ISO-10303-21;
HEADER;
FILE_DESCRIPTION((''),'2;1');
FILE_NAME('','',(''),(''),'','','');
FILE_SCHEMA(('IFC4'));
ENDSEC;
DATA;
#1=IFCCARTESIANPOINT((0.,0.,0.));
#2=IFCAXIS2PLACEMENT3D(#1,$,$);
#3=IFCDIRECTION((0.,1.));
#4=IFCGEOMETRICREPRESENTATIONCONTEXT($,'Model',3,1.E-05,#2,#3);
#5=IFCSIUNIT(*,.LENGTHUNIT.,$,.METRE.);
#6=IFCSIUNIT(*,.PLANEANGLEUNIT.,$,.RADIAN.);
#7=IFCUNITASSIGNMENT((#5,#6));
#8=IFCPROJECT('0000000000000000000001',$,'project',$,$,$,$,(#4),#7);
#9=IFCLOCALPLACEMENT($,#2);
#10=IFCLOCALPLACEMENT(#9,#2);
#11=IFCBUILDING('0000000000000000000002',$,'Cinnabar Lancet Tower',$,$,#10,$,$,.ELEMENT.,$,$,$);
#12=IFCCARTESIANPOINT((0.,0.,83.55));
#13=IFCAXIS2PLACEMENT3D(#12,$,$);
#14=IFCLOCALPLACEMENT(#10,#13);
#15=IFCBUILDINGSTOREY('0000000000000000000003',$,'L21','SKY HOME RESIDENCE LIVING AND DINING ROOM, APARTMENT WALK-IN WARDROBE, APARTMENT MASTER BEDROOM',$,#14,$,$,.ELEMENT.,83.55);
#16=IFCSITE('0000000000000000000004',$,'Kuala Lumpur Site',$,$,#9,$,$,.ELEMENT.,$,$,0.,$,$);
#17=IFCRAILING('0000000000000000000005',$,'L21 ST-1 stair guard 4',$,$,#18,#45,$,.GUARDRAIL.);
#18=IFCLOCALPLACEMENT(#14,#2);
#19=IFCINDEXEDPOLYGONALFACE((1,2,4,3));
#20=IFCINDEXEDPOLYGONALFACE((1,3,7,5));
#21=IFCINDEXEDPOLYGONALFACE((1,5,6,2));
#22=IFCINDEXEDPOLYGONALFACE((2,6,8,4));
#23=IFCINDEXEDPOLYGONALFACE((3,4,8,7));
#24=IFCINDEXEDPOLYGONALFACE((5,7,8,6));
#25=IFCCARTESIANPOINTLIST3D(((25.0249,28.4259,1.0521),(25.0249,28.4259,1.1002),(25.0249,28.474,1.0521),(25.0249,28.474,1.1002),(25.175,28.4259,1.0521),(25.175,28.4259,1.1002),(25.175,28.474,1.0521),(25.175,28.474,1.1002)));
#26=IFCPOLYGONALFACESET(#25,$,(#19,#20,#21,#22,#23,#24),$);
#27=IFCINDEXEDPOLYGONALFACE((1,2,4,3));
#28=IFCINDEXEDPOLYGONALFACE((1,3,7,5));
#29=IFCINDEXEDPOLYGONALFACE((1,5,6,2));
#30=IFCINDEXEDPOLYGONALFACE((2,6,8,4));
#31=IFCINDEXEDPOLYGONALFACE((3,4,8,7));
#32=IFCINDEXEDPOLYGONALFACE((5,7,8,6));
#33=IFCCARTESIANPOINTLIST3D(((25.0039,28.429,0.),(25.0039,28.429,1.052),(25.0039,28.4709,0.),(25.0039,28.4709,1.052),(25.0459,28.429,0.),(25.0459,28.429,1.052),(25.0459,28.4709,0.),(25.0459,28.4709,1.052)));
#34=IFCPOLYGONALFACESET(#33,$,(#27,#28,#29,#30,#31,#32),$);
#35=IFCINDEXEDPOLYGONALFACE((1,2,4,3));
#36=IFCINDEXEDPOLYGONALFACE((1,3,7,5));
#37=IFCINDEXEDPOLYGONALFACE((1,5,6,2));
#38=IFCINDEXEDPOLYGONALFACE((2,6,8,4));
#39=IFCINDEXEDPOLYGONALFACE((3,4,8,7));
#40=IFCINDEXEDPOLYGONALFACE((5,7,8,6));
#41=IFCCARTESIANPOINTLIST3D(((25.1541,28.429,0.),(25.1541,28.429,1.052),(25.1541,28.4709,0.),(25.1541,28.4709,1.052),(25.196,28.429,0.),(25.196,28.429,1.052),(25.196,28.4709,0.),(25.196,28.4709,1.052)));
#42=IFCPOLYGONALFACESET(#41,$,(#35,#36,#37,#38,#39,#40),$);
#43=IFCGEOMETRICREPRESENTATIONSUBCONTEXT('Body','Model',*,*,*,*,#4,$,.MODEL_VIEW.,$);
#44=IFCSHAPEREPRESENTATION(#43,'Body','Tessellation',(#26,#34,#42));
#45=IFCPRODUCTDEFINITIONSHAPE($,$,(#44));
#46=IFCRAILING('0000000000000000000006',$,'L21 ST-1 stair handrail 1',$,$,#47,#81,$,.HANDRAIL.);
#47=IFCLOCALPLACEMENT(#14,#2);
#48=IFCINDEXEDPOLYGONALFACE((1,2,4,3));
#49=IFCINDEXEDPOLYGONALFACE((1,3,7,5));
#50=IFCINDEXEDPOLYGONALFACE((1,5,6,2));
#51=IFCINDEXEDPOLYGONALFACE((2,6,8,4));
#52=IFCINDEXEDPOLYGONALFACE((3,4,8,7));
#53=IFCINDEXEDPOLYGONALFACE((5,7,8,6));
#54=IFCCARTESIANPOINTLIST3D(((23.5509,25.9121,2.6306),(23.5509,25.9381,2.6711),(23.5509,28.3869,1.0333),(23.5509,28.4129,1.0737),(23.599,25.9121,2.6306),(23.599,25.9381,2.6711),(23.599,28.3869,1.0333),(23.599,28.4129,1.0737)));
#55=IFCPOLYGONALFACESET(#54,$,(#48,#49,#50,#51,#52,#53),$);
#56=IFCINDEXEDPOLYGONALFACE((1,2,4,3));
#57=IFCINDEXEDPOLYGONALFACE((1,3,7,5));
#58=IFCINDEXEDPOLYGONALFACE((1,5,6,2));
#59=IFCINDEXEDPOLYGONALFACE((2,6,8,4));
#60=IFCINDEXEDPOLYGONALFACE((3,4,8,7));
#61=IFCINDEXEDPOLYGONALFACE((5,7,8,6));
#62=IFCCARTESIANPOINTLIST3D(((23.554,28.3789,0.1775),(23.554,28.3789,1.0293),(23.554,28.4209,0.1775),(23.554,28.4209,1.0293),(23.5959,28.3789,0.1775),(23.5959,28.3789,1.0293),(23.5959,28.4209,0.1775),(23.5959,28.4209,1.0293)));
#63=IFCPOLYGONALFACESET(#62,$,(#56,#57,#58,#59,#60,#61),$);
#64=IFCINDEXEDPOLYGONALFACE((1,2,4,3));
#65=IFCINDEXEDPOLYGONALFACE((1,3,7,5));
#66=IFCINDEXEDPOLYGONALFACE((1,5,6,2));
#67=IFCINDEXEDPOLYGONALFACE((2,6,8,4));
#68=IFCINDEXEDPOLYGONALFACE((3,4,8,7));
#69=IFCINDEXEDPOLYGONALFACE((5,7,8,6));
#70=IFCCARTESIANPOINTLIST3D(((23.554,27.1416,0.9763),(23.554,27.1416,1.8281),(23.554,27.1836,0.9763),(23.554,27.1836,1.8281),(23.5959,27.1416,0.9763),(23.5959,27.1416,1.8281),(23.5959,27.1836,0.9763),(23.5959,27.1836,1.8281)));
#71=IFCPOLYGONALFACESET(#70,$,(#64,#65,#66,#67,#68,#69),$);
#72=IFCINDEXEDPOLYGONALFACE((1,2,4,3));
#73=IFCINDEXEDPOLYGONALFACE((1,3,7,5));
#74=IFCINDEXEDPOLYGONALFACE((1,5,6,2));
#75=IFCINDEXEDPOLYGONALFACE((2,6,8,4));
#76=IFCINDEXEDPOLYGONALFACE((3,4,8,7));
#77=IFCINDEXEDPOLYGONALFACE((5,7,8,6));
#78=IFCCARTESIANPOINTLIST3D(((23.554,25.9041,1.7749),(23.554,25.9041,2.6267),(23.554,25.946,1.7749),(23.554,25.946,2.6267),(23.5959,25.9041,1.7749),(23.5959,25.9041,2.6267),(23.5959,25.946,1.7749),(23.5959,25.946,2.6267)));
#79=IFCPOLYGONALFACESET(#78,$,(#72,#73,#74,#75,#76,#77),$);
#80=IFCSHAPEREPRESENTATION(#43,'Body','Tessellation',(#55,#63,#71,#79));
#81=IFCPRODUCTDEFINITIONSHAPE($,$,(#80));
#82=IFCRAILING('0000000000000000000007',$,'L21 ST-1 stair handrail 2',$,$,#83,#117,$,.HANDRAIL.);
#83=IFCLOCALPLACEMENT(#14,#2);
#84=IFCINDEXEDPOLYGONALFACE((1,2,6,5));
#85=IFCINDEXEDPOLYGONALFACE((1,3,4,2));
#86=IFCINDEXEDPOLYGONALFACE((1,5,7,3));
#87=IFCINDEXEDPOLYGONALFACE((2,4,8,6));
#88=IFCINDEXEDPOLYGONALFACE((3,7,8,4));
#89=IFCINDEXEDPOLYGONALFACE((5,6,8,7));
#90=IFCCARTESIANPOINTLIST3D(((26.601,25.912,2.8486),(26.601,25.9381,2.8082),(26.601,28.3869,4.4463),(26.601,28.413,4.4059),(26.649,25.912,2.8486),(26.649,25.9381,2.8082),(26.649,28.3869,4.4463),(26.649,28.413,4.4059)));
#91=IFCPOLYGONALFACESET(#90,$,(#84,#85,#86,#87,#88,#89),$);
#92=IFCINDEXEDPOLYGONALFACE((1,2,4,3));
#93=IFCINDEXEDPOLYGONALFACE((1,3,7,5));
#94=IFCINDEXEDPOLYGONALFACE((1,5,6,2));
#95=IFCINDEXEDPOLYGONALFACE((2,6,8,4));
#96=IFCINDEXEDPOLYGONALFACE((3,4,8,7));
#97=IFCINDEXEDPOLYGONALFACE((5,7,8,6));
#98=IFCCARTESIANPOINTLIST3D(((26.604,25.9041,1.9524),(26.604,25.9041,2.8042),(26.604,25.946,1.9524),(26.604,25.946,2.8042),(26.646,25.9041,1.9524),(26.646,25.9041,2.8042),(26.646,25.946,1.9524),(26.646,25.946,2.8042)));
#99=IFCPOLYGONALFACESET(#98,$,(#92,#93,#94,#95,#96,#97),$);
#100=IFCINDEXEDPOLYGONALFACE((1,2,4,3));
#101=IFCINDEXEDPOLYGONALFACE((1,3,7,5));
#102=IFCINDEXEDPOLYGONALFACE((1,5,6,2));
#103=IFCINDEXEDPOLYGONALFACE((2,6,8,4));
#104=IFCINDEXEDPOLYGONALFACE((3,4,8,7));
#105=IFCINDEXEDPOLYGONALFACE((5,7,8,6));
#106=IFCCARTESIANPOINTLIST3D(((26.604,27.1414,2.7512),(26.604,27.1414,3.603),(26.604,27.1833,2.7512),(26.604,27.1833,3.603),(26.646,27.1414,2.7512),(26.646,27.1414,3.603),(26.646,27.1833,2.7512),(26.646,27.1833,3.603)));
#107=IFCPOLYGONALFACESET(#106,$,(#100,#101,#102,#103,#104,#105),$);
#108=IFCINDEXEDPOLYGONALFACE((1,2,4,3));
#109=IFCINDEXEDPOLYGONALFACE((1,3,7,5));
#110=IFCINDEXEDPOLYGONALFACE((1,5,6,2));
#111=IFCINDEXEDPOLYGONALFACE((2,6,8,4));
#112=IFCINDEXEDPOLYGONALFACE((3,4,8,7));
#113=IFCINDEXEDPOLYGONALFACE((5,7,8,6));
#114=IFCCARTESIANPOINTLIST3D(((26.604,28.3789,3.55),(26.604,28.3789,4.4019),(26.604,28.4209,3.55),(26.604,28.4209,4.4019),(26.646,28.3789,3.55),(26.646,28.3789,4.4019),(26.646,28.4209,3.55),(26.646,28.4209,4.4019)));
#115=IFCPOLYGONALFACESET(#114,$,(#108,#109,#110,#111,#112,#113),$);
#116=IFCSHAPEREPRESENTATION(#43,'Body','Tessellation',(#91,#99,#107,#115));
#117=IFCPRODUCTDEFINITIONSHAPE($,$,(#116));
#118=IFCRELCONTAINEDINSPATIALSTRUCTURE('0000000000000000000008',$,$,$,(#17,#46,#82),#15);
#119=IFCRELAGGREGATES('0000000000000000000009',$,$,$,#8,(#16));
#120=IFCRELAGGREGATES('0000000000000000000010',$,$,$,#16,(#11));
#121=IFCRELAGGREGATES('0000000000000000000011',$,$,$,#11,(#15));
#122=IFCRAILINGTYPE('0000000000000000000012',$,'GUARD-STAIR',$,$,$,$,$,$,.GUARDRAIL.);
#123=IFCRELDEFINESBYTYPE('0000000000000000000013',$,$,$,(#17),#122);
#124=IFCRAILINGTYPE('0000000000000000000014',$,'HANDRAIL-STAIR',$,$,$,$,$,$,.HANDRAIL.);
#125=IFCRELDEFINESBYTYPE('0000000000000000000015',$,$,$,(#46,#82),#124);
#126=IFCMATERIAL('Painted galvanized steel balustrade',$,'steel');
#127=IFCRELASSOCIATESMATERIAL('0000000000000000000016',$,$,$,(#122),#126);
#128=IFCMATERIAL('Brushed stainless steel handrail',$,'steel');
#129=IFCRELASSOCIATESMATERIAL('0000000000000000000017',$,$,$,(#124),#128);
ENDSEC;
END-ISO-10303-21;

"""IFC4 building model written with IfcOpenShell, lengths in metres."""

from ifc_helpers import new_model, si_unit, direction, frame, origin, origin_2d, place, context, subcontext, project, spatial, rectangle, extrude, material, type_object, element, save


model = new_model("IFC4")

# Units and contexts
model_context = context("Model", 3, precision=1e-05, world=origin(), true_north=direction((0.0, 1.0)))
body_context = subcontext(model_context, "Body", "Model", "MODEL_VIEW")
ifc_project = project(units=[si_unit("LENGTHUNIT", "METRE"), si_unit("PLANEANGLEUNIT", "RADIAN")], contexts=[model_context])

# Site, building, storey
site_placement = place(None, origin())
site = spatial("IfcSite", under=ifc_project, at=site_placement, Name="Kuala Lumpur Site", CompositionType="ELEMENT", RefElevation=0.0)
building_placement = place(site_placement, origin())
building = spatial("IfcBuilding", under=site, at=building_placement, Name="Cinnabar Lancet Tower", CompositionType="ELEMENT")
storey_placement = place(building_placement, frame((0.0, 0.0, 83.55)))
storey = spatial("IfcBuildingStorey", under=building, at=storey_placement, Name="L21", Description="SKY HOME RESIDENCE LIVING AND DINING ROOM, APARTMENT WALK-IN WARDROBE, APARTMENT MASTER BEDROOM", CompositionType="ELEMENT", Elevation=83.55)

# Railings
ifc_material_1 = material(Name="Painted galvanized steel balustrade", Category="steel")
railing_type_1 = type_object("IfcRailingType", Name="GUARD-STAIR", PredefinedType="GUARDRAIL", material=ifc_material_1)
railing_1_placement = place(storey_placement, frame((25.0249, 28.45, 0.0)))
element("IfcRailing", 1, at=railing_1_placement, inside=storey, type_object=railing_type_1, Name="L21 ST-1 stair guard 4", PredefinedType="GUARDRAIL", context=body_context, shape_type="SweptSolid", body=[
    extrude(rectangle(XDim=0.0481, YDim=0.0481, at=origin_2d()), frame((0.0, 0.0, 1.0762), z_axis=(1.0, 0.0, 0.0), x_axis=(0.0, 1.0, 0.0)), (0.0, 0.0, 1.0), 0.1501),
    extrude(rectangle(XDim=0.042, YDim=0.042, at=origin_2d()), origin(), (0.0, 0.0, 1.0), 1.052),
    extrude(rectangle(XDim=0.042, YDim=0.042, at=origin_2d()), frame((0.1501, 0.0, 0.0)), (0.0, 0.0, 1.0), 1.052),
])
ifc_material_2 = material(Name="Brushed stainless steel handrail", Category="steel")
railing_type_2 = type_object("IfcRailingType", Name="HANDRAIL-STAIR", PredefinedType="HANDRAIL", material=ifc_material_2)
railing_2_placement = place(storey_placement, frame((23.575, 28.3999, 0.1775)))
element("IfcRailing", 2, at=railing_2_placement, inside=storey, type_object=railing_type_2, Name="L21 ST-1 stair handrail 1", PredefinedType="HANDRAIL", context=body_context, shape_type="SweptSolid", body=[
    extrude(rectangle(XDim=0.0481, YDim=0.0481, at=origin_2d()), frame((0.0, 0.0, 0.876), z_axis=(0.0, -0.840183, 0.542302), x_axis=(1.0, 0.0, 0.0)), (0.0, 0.0, 1.0), 2.9456),
    extrude(rectangle(XDim=0.042, YDim=0.042, at=origin_2d()), origin(), (0.0, 0.0, 1.0), 0.8518),
    extrude(rectangle(XDim=0.042, YDim=0.042, at=origin_2d()), frame((0.0, -1.2373, 0.7988)), (0.0, 0.0, 1.0), 0.8518),
    extrude(rectangle(XDim=0.042, YDim=0.042, at=origin_2d()), frame((0.0, -2.4749, 1.5974)), (0.0, 0.0, 1.0), 0.8518),
])
railing_3_placement = place(storey_placement, frame((26.625, 25.925, 1.9524)))
element("IfcRailing", 3, at=railing_3_placement, inside=storey, type_object=railing_type_2, Name="L21 ST-1 stair handrail 2", PredefinedType="HANDRAIL", context=body_context, shape_type="SweptSolid", body=[
    extrude(rectangle(XDim=0.0481, YDim=0.0481, at=origin_2d()), frame((0.0, 0.0, 0.876), z_axis=(0.0, 0.840146, 0.542361), x_axis=(-1.0, 0.0, 0.0)), (0.0, 0.0, 1.0), 2.9458),
    extrude(rectangle(XDim=0.042, YDim=0.042, at=origin_2d()), origin(), (0.0, 0.0, 1.0), 0.8518),
    extrude(rectangle(XDim=0.042, YDim=0.042, at=origin_2d()), frame((0.0, 1.2373, 0.7988)), (0.0, 0.0, 1.0), 0.8518),
    extrude(rectangle(XDim=0.042, YDim=0.042, at=origin_2d()), frame((0.0, 2.4749, 1.5977)), (0.0, 0.0, 1.0), 0.8518),
])

save(model, "model.ifc")
